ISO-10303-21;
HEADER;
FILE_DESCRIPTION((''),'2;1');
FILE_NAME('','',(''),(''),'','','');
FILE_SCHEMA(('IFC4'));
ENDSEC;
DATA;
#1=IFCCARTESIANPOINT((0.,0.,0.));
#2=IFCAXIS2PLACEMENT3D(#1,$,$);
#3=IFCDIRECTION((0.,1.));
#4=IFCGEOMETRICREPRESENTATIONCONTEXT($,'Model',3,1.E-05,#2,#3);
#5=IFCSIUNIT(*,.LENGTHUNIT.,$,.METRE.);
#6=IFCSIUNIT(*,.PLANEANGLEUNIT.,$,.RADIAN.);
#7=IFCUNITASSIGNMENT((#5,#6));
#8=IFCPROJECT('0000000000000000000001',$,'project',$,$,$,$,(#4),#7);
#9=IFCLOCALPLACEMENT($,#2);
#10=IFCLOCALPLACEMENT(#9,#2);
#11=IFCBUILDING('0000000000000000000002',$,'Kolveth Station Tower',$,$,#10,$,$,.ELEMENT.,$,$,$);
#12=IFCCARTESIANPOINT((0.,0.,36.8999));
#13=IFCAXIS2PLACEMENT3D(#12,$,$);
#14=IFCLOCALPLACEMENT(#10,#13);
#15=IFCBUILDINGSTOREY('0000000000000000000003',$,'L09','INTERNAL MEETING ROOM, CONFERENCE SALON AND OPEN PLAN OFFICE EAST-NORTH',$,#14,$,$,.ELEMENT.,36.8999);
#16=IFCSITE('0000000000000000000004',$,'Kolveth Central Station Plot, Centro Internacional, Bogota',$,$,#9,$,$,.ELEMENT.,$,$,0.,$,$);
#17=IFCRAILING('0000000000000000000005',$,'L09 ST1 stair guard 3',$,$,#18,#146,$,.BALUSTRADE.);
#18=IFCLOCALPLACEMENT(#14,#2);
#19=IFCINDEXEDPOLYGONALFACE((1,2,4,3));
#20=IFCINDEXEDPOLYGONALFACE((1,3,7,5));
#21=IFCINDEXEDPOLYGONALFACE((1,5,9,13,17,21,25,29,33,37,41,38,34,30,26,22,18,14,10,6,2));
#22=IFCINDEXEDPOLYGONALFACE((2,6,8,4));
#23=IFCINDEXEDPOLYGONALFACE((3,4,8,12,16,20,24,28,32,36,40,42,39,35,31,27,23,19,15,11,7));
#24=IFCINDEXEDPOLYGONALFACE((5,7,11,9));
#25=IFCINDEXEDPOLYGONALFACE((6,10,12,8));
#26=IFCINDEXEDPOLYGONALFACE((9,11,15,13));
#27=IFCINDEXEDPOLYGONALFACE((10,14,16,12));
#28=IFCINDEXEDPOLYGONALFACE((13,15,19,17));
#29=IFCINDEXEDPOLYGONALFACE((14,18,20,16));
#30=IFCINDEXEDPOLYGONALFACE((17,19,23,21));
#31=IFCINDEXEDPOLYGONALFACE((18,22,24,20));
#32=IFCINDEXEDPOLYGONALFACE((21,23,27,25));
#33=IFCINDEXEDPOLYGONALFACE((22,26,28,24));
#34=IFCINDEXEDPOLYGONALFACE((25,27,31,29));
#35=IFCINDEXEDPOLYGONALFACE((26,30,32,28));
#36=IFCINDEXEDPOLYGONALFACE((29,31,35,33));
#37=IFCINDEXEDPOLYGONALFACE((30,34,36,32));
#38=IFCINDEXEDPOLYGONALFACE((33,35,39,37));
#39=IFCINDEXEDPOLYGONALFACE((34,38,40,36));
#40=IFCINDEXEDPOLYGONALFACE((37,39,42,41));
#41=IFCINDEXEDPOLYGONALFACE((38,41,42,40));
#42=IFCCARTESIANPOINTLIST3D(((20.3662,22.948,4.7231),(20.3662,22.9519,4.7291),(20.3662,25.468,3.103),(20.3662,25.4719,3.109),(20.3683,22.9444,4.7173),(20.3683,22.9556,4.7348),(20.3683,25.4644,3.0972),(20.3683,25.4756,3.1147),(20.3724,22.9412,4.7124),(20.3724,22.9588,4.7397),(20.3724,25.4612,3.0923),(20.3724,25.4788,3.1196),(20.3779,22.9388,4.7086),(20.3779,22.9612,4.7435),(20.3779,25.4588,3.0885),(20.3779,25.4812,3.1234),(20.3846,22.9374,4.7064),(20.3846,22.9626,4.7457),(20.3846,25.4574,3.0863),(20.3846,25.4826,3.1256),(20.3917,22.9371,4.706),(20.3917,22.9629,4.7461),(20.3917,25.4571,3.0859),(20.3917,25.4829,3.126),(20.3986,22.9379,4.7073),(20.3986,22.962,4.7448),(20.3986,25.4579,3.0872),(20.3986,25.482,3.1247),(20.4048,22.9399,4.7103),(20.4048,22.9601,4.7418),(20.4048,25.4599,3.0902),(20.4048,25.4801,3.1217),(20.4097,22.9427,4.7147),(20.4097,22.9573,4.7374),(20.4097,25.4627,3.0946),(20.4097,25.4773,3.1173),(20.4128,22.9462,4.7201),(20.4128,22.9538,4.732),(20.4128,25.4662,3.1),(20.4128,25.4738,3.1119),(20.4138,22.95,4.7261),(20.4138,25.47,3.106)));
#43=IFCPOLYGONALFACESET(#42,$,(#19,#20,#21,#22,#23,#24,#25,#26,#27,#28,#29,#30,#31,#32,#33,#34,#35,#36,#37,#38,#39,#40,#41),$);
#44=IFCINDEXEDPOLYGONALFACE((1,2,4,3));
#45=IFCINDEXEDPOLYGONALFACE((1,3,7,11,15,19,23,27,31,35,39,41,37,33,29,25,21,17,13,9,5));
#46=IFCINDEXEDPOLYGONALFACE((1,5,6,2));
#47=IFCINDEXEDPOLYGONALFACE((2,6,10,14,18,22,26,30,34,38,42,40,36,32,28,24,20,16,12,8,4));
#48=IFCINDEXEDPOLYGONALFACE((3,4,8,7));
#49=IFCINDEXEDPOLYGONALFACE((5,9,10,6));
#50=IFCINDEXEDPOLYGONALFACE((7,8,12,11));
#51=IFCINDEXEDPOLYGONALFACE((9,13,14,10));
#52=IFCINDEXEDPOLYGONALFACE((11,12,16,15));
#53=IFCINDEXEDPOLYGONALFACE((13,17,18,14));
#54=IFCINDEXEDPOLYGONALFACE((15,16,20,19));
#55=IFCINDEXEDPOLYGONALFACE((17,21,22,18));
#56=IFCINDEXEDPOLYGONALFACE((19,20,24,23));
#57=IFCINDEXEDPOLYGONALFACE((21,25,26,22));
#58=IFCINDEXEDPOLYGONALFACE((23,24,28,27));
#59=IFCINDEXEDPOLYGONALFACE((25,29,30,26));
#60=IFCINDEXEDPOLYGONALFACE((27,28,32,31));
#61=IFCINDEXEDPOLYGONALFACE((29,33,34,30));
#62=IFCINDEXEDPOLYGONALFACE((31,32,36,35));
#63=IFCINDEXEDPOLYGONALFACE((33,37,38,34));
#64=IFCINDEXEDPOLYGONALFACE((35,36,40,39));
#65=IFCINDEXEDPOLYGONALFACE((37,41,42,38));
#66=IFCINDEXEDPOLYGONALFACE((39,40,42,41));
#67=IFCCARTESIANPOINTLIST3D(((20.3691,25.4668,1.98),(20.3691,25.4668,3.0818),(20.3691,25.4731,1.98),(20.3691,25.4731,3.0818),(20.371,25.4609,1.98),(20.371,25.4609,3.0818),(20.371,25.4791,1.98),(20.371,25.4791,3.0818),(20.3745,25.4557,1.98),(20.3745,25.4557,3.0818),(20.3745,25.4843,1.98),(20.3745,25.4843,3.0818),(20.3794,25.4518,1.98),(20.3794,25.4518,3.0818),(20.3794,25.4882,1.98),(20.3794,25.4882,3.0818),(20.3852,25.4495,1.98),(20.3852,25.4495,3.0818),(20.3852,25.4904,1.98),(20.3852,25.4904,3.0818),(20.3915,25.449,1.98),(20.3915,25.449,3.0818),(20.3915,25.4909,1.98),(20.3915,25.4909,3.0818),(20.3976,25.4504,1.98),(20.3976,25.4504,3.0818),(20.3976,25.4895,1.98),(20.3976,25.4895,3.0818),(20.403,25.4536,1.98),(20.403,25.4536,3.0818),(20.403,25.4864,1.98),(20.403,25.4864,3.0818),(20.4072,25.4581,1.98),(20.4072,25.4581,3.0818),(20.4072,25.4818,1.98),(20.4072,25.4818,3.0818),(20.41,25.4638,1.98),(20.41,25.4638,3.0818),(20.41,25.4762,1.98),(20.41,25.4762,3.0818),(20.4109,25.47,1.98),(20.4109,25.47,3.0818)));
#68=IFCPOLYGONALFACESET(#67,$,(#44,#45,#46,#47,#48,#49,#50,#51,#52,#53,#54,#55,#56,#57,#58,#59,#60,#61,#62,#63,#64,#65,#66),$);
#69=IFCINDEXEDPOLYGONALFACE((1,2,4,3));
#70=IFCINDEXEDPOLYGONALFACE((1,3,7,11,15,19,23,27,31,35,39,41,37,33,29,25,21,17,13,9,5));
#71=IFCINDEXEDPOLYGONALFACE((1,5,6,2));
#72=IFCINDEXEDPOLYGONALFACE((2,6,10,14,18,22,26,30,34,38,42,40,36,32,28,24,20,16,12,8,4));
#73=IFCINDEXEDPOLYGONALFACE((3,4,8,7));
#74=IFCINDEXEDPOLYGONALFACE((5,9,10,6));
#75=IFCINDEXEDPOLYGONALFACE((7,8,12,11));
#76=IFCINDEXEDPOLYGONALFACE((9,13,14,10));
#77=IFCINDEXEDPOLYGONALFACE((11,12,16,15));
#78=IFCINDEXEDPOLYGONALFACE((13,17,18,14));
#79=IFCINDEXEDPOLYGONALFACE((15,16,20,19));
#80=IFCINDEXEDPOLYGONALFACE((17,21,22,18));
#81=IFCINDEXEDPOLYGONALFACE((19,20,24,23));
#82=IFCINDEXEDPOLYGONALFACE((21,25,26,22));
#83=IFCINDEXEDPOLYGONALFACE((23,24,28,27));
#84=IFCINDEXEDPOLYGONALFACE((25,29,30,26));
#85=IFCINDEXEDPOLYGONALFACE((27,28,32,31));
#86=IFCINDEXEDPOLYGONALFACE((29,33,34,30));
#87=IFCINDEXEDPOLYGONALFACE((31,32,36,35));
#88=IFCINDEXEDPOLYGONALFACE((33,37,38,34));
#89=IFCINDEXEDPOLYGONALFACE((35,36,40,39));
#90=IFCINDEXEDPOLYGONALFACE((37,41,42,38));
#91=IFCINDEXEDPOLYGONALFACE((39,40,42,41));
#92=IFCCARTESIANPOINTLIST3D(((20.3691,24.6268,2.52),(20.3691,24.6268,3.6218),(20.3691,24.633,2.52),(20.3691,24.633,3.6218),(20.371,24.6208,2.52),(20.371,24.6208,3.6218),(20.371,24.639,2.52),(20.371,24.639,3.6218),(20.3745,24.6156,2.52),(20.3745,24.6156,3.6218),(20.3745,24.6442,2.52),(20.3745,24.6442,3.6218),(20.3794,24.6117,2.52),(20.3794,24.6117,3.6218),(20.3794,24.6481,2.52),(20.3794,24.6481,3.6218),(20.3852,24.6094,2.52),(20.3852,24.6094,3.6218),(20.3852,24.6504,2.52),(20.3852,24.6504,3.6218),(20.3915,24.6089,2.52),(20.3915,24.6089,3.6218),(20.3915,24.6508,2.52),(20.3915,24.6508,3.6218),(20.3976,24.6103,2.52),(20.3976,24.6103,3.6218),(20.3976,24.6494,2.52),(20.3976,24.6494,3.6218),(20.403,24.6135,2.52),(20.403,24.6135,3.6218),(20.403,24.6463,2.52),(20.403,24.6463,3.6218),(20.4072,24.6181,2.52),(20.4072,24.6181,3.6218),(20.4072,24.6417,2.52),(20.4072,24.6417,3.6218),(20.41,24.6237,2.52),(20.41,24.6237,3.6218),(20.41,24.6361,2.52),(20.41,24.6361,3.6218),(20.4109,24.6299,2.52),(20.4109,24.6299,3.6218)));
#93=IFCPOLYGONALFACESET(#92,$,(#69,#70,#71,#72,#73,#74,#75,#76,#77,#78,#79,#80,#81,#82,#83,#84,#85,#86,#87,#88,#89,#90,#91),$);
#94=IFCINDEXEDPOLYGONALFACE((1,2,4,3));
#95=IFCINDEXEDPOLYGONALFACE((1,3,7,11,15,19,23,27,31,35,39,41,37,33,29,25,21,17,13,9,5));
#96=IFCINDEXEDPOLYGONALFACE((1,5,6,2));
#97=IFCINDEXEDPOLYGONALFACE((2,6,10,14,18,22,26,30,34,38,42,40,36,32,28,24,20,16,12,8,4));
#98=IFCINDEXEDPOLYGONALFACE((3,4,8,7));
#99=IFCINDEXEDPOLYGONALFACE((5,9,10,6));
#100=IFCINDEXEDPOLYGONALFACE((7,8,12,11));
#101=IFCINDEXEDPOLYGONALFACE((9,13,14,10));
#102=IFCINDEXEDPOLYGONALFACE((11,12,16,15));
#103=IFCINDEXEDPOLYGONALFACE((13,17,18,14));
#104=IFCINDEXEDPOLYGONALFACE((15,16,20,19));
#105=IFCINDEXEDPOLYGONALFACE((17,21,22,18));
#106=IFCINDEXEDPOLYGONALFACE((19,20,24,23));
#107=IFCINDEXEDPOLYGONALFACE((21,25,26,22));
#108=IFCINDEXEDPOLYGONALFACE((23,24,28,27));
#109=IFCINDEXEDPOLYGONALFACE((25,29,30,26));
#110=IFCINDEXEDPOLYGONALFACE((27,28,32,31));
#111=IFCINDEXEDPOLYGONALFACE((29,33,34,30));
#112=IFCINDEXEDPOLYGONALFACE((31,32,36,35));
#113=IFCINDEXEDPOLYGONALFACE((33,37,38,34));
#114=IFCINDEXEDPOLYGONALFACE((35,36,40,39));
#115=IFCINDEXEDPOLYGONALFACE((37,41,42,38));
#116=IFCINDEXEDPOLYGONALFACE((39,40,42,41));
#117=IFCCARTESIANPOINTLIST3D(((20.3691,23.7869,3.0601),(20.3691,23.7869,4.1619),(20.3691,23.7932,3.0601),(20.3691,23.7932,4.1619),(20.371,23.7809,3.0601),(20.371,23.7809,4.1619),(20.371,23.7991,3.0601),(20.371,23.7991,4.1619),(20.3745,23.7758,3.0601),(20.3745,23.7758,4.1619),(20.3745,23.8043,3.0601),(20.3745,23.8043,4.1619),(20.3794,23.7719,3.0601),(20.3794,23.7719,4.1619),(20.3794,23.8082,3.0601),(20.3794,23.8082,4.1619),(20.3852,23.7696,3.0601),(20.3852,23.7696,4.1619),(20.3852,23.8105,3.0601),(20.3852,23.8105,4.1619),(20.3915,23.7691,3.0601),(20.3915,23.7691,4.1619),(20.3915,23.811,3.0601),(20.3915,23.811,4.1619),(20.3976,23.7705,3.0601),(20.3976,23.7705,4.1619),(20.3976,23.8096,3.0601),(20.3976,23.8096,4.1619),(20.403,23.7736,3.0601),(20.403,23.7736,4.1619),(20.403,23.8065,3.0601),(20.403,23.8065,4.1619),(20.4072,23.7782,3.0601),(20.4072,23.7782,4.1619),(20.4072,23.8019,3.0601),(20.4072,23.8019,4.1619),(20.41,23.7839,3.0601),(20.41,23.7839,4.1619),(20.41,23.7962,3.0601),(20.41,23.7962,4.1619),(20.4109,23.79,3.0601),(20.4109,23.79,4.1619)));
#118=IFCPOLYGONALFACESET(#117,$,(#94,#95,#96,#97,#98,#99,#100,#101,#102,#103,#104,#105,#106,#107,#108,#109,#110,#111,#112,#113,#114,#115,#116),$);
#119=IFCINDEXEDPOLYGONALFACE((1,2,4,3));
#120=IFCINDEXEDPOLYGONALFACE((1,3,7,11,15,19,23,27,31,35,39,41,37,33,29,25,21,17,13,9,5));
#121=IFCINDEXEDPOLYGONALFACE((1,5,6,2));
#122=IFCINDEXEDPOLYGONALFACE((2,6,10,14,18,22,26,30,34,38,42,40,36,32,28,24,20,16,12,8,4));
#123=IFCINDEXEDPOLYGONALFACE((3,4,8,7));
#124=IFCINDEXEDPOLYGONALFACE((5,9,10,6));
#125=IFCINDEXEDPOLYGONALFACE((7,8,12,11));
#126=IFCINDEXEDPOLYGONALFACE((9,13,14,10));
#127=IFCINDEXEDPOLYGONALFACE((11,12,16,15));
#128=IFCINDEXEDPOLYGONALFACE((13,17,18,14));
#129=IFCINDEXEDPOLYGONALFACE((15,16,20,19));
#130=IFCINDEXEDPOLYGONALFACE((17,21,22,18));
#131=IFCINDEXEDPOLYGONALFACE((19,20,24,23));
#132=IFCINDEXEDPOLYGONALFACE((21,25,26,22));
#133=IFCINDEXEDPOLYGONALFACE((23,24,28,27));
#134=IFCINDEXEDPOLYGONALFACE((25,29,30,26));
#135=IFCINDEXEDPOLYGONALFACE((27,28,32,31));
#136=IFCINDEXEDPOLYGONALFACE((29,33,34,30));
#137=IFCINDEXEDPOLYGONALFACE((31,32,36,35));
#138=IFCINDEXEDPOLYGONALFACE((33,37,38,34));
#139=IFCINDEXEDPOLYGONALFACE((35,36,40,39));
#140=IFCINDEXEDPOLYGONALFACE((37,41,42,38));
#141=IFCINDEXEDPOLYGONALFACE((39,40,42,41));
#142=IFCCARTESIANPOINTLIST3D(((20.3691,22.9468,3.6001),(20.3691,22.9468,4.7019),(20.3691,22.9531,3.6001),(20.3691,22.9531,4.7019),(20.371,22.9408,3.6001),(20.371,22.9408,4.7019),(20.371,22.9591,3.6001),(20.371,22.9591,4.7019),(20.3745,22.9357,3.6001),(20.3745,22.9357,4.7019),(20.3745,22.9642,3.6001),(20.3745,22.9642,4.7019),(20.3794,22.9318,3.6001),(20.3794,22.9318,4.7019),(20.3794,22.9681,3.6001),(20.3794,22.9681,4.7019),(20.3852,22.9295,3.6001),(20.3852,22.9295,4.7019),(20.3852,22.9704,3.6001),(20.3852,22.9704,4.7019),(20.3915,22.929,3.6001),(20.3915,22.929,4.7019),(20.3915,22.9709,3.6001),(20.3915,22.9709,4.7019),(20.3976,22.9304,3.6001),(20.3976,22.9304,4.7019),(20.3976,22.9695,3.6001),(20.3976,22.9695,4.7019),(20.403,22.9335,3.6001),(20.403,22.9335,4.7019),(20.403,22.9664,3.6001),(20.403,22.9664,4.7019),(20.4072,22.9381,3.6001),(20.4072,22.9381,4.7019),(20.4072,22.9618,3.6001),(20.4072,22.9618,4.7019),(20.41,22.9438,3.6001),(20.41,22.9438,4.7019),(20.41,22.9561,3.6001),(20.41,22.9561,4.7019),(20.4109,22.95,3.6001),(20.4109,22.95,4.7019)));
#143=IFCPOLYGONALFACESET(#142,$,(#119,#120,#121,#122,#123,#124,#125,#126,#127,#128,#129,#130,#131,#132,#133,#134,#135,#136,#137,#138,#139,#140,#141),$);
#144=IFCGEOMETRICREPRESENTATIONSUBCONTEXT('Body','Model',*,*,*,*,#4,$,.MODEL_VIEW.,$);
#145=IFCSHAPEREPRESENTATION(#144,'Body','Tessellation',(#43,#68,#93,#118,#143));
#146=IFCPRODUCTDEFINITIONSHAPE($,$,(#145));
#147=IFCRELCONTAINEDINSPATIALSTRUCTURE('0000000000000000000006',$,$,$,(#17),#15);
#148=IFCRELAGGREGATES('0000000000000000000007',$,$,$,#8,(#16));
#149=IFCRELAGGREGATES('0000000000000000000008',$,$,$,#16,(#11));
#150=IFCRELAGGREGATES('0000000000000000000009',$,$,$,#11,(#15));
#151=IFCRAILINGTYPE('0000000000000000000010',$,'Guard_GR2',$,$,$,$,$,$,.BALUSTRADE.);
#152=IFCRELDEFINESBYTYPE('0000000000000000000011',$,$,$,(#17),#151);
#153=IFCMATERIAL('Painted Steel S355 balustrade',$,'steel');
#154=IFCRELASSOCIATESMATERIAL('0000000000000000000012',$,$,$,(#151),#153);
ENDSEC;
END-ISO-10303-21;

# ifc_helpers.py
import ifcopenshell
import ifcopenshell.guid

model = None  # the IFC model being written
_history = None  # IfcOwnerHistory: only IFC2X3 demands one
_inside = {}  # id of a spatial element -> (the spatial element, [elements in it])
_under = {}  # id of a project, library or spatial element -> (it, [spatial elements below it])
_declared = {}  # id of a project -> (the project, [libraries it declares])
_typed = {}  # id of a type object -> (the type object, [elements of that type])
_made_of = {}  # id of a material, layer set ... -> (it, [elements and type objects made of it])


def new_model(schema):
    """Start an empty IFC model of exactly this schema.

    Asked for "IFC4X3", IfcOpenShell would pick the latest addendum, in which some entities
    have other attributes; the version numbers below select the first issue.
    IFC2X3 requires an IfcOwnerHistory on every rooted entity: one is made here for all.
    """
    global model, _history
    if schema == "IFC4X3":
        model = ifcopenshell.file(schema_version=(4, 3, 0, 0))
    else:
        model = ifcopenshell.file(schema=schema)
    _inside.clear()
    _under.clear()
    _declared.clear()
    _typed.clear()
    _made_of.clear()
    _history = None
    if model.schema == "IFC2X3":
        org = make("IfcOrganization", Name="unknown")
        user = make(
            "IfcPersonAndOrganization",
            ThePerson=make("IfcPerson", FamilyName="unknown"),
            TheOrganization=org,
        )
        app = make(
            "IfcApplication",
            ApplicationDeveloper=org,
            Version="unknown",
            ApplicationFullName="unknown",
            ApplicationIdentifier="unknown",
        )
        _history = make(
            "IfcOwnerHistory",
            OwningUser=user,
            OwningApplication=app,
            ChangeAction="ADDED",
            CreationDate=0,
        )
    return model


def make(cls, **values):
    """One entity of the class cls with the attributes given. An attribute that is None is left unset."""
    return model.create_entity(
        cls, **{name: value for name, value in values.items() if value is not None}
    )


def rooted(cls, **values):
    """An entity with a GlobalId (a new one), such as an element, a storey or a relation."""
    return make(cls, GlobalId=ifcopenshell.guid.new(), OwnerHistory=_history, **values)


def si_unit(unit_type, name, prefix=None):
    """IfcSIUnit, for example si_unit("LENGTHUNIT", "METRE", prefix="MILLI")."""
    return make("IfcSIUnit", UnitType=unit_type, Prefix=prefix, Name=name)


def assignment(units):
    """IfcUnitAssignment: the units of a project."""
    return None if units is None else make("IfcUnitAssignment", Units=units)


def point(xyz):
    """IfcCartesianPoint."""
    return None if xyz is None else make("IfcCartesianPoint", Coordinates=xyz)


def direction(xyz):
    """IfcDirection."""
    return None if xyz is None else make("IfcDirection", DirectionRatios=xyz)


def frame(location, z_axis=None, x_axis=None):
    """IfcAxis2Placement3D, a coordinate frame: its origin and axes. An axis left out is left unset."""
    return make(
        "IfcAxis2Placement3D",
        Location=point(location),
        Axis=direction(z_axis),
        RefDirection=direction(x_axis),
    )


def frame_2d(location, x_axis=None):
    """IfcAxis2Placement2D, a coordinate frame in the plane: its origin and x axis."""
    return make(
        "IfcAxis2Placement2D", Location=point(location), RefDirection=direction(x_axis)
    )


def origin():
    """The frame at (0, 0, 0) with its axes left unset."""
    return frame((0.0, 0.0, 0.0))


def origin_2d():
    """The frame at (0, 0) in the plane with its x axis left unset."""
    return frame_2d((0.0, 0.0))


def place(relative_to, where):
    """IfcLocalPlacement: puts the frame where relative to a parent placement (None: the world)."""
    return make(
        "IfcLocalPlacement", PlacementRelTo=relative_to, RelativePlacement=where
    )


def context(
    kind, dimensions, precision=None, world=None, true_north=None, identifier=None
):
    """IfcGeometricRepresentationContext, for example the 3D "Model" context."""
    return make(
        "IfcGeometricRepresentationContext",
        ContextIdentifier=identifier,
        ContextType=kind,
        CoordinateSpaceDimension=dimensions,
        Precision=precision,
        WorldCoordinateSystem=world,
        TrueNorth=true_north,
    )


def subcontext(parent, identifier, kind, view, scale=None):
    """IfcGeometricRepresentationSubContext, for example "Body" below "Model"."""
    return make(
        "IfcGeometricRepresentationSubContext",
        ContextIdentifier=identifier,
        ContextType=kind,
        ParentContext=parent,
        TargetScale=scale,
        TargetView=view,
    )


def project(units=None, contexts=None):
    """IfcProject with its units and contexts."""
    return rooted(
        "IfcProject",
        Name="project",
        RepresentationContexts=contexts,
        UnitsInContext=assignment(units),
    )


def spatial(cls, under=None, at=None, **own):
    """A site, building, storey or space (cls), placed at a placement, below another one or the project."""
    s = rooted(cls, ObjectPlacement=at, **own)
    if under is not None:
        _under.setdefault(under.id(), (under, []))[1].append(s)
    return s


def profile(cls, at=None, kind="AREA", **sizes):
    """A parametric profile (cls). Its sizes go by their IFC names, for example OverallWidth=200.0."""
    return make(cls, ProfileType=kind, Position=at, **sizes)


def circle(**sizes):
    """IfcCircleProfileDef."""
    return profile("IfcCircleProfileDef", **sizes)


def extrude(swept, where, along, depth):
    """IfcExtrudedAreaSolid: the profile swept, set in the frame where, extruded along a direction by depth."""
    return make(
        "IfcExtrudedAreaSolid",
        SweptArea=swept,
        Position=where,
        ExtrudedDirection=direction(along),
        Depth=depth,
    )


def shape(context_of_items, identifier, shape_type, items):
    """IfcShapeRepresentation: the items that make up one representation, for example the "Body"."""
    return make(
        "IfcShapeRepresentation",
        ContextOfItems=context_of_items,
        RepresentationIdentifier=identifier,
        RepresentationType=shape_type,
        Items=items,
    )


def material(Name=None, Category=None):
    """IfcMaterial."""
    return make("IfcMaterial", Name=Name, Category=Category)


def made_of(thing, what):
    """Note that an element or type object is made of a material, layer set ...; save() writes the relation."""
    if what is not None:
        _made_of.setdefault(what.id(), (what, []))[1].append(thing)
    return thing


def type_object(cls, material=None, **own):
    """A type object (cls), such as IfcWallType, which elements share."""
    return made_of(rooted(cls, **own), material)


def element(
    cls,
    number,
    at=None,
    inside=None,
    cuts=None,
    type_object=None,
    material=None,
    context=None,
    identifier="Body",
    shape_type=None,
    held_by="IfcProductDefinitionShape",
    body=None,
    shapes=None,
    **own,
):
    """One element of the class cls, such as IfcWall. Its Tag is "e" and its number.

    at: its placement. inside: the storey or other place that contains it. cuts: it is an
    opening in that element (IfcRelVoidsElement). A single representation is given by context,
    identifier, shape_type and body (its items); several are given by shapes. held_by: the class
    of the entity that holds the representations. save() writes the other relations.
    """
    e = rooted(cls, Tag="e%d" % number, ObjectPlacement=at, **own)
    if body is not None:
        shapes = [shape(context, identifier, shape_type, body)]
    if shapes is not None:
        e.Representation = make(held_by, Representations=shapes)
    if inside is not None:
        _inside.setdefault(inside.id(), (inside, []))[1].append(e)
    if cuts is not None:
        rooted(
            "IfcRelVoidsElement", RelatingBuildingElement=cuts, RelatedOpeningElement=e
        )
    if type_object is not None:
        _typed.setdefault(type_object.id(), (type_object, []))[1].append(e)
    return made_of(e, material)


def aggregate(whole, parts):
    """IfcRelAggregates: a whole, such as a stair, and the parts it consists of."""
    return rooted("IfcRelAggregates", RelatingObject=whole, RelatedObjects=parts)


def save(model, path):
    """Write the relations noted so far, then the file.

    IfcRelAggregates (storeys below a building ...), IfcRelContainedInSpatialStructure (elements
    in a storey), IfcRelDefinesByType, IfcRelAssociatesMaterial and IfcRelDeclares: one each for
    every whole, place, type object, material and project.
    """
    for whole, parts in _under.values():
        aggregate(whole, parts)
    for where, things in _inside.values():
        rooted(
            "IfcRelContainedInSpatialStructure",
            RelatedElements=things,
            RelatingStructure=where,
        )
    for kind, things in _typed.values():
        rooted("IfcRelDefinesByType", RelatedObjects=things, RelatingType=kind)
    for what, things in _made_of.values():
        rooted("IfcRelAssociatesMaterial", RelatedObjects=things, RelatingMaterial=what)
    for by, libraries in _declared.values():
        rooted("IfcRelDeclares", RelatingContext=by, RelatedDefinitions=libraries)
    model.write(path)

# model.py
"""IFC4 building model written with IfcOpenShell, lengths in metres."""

from ifc_helpers import new_model, si_unit, direction, frame, origin, origin_2d, place, context, subcontext, project, spatial, circle, extrude, material, type_object, element, save


model = new_model("IFC4")

# Units and contexts
model_context = context("Model", 3, precision=1e-05, world=origin(), true_north=direction((0.0, 1.0)))
body_context = subcontext(model_context, "Body", "Model", "MODEL_VIEW")
ifc_project = project(units=[si_unit("LENGTHUNIT", "METRE"), si_unit("PLANEANGLEUNIT", "RADIAN")], contexts=[model_context])

# Site, building, storey
site_placement = place(None, origin())
site = spatial("IfcSite", under=ifc_project, at=site_placement, Name="Kolveth Central Station Plot, Centro Internacional, Bogota", CompositionType="ELEMENT", RefElevation=0.0)
building_placement = place(site_placement, origin())
building = spatial("IfcBuilding", under=site, at=building_placement, Name="Kolveth Station Tower", CompositionType="ELEMENT")
storey_placement = place(building_placement, frame((0.0, 0.0, 36.8999)))
storey = spatial("IfcBuildingStorey", under=building, at=storey_placement, Name="L09", Description="INTERNAL MEETING ROOM, CONFERENCE SALON AND OPEN PLAN OFFICE EAST-NORTH", CompositionType="ELEMENT", Elevation=36.8999)

# Railing
ifc_material_1 = material(Name="Painted Steel S355 balustrade", Category="steel")
railing_type_1 = type_object("IfcRailingType", Name="Guard_GR2", PredefinedType="BALUSTRADE", material=ifc_material_1)
railing_1_placement = place(storey_placement, frame((20.3899, 25.47, 1.98)))
element("IfcRailing", 1, at=railing_1_placement, inside=storey, type_object=railing_type_1, Name="L09 ST1 stair guard 3", PredefinedType="BALUSTRADE", context=body_context, shape_type="SweptSolid", body=[
    extrude(circle(Radius=0.0239, at=origin_2d()), frame((0.0, 0.0, 1.126), z_axis=(0.0, -0.841163, 0.540782), x_axis=(1.0, 0.0, 0.0)), (0.0, 0.0, 1.0), 2.9958),
    extrude(circle(Radius=0.021, at=origin_2d()), origin(), (0.0, 0.0, 1.0), 1.1018),
    extrude(circle(Radius=0.021, at=origin_2d()), frame((0.0, -0.8401, 0.54)), (0.0, 0.0, 1.0), 1.1018),
    extrude(circle(Radius=0.021, at=origin_2d()), frame((0.0, -1.6799, 1.0801)), (0.0, 0.0, 1.0), 1.1018),
    extrude(circle(Radius=0.021, at=origin_2d()), frame((0.0, -2.52, 1.6201)), (0.0, 0.0, 1.0), 1.1018),
])

save(model, "model.ifc")
